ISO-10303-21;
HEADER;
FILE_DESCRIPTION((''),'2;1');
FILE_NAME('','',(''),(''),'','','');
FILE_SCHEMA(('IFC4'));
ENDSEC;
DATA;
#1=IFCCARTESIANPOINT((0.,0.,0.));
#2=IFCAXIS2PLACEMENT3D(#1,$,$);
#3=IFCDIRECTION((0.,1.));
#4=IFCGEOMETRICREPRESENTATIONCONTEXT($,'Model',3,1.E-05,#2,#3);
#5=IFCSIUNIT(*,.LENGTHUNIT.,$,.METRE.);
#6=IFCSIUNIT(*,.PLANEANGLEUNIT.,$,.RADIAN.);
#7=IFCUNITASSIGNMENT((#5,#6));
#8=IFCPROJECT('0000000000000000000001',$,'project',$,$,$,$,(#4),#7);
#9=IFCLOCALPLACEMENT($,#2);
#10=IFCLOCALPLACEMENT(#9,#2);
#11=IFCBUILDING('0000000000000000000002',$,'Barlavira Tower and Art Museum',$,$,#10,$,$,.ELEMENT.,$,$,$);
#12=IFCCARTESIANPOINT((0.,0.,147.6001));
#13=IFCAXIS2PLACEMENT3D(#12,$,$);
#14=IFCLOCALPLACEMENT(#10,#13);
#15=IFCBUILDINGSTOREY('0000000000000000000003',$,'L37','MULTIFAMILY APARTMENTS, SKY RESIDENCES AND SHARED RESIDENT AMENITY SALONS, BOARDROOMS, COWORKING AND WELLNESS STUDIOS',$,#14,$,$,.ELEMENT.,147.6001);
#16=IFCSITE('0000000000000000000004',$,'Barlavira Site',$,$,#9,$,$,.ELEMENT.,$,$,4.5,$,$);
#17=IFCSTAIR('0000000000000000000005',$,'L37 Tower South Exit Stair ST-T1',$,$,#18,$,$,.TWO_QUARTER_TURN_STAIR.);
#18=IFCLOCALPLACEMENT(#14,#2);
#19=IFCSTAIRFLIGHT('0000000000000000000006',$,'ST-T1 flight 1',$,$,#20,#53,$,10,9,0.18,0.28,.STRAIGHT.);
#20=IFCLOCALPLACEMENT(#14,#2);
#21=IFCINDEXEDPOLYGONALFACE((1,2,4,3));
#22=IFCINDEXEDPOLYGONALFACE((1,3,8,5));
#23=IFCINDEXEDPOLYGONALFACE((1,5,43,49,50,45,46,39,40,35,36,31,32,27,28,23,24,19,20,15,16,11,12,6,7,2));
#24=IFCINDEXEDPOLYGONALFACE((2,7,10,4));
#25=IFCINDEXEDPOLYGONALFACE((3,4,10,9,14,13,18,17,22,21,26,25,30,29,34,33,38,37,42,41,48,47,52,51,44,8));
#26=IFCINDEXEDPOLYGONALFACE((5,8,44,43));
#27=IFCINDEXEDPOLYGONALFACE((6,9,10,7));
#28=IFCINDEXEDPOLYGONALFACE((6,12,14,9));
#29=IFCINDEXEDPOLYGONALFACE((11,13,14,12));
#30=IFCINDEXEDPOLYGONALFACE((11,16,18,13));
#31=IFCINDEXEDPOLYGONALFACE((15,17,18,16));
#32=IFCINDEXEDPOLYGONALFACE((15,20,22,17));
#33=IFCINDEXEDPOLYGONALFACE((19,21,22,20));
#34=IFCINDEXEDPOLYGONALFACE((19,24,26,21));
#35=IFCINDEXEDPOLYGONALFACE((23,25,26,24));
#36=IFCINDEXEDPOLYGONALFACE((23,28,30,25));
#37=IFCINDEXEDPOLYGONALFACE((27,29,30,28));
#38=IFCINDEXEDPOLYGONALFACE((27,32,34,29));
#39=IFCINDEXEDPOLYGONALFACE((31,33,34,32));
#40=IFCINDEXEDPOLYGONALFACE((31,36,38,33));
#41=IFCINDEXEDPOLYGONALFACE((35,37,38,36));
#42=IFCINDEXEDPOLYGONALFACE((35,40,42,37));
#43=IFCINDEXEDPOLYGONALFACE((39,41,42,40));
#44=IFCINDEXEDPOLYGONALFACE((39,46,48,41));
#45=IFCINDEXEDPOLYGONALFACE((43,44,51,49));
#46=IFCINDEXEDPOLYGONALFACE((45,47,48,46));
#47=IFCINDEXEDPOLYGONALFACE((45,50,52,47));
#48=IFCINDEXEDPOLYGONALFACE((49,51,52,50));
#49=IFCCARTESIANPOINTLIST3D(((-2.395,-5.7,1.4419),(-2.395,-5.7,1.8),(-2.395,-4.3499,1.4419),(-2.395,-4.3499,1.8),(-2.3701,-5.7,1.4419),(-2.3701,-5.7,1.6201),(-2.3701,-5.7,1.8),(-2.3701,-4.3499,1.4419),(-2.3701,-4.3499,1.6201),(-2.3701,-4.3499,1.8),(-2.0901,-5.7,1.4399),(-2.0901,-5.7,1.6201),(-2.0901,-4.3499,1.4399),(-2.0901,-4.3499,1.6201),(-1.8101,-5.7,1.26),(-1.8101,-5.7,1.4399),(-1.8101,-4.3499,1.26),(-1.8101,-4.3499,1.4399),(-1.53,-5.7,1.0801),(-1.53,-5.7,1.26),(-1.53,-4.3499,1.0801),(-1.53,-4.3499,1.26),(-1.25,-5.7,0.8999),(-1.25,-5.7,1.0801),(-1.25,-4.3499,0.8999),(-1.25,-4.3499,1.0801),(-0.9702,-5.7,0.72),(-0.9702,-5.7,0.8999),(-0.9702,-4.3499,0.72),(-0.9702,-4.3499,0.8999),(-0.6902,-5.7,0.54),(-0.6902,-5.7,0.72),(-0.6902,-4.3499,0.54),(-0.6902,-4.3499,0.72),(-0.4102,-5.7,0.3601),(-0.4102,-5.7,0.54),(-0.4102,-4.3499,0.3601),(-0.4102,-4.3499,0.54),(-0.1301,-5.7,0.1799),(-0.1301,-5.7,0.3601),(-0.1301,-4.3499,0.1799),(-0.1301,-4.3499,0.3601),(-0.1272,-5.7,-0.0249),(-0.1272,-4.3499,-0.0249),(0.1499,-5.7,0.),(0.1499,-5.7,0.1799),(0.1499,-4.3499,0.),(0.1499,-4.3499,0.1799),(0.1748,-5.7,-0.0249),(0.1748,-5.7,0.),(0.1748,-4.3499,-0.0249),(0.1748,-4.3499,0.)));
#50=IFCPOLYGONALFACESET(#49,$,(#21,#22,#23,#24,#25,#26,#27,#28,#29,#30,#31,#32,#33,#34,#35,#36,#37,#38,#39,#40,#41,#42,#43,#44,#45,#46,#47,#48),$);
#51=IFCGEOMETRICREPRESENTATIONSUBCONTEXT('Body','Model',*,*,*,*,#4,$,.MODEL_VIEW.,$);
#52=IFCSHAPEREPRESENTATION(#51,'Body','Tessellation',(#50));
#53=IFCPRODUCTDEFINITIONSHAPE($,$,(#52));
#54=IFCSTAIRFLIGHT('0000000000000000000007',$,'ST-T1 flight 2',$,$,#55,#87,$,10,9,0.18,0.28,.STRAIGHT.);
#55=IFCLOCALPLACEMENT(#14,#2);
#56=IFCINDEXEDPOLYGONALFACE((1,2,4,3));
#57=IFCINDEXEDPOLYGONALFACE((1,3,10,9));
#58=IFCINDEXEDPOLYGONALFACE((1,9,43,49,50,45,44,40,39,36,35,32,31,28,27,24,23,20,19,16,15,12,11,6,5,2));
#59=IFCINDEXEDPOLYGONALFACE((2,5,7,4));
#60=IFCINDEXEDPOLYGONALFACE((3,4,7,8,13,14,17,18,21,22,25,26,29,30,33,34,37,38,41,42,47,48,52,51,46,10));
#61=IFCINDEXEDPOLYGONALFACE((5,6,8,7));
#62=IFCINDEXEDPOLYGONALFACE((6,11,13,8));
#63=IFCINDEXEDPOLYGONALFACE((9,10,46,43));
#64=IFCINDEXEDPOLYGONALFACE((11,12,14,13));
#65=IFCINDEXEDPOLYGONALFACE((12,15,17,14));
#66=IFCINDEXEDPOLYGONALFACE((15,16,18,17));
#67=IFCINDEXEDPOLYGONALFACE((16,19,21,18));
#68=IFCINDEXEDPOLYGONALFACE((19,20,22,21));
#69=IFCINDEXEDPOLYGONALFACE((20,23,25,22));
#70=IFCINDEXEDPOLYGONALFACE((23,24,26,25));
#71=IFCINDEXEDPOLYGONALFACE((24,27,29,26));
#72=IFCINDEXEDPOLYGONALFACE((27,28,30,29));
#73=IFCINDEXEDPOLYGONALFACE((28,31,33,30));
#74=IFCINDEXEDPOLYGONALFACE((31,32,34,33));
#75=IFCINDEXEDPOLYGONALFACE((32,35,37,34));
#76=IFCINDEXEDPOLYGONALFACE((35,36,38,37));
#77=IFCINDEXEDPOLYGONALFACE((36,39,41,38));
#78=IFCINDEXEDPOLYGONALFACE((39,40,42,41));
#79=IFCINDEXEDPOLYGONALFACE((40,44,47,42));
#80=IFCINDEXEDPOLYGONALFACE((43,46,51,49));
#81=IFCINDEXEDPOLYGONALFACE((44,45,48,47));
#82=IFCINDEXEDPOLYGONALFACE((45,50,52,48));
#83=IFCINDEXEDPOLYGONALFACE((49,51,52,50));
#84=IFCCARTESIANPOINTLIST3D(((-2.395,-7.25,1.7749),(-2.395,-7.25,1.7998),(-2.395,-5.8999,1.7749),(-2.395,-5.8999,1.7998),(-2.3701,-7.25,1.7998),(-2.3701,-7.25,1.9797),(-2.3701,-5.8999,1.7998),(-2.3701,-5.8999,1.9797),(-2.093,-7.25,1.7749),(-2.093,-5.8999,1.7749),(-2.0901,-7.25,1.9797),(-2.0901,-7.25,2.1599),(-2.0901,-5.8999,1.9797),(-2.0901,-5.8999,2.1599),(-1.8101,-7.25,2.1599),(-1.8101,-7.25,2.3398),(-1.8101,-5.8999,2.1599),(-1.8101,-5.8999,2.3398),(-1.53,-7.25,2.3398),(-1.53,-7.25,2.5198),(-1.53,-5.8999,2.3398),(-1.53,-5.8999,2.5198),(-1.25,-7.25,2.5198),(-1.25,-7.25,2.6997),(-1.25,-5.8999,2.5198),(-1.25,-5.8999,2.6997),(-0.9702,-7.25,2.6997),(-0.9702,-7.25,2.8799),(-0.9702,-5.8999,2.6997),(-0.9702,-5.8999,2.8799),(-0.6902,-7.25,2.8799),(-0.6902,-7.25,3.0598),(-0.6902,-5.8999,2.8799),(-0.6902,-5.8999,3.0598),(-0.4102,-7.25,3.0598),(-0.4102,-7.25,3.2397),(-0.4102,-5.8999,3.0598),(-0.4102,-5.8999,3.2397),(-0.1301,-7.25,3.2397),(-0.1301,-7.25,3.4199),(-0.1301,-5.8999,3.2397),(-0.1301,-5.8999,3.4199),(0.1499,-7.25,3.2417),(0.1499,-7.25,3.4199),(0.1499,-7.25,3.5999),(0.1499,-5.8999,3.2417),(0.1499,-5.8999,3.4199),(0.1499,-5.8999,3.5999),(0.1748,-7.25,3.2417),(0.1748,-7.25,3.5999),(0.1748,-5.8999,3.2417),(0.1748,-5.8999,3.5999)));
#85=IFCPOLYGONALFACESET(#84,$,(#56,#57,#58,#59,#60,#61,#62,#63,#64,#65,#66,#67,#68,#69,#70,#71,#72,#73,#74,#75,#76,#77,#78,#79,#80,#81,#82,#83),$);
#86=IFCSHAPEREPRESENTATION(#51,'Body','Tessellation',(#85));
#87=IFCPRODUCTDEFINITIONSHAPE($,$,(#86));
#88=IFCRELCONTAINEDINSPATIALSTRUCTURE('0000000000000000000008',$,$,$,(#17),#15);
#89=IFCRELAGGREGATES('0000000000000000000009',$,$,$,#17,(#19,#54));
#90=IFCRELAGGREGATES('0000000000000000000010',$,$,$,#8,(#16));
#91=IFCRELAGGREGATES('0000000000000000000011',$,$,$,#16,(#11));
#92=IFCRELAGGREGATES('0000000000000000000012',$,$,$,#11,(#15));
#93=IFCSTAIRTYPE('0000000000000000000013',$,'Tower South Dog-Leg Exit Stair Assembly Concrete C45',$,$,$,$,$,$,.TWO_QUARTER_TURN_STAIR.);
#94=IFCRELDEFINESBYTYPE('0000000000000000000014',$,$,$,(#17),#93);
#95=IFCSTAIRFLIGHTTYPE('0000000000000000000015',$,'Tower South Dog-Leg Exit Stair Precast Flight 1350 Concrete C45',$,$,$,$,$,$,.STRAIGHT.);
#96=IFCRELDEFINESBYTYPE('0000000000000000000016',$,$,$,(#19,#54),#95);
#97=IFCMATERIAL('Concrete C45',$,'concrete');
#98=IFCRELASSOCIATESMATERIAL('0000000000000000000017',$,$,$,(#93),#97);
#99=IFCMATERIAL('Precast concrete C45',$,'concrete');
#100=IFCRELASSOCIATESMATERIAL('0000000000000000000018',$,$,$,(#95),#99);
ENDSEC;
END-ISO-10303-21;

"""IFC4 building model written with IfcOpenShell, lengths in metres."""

from ifc_helpers import new_model, si_unit, direction, frame, origin, place, context, subcontext, project, spatial, polyline, outline, extrude, material, type_object, element, aggregate, save


model = new_model("IFC4")

# Units and contexts
model_context = context("Model", 3, precision=1e-05, world=origin(), true_north=direction((0.0, 1.0)))
body_context = subcontext(model_context, "Body", "Model", "MODEL_VIEW")
ifc_project = project(units=[si_unit("LENGTHUNIT", "METRE"), si_unit("PLANEANGLEUNIT", "RADIAN")], contexts=[model_context])

# Site, building, storey
site_placement = place(None, origin())
site = spatial("IfcSite", under=ifc_project, at=site_placement, Name="Barlavira Site", CompositionType="ELEMENT", RefElevation=4.5)
building_placement = place(site_placement, origin())
building = spatial("IfcBuilding", under=site, at=building_placement, Name="Barlavira Tower and Art Museum", CompositionType="ELEMENT")
storey_placement = place(building_placement, frame((0.0, 0.0, 147.6001)))
storey = spatial("IfcBuildingStorey", under=building, at=storey_placement, Name="L37", Description="MULTIFAMILY APARTMENTS, SKY RESIDENCES AND SHARED RESIDENT AMENITY SALONS, BOARDROOMS, COWORKING AND WELLNESS STUDIOS", CompositionType="ELEMENT", Elevation=147.6001)

# Stair, stair flights
ifc_material_1 = material(Name="Concrete C45", Category="concrete")
stair_type = type_object("IfcStairType", Name="Tower South Dog-Leg Exit Stair Assembly Concrete C45", PredefinedType="TWO_QUARTER_TURN_STAIR", material=ifc_material_1)
stair_placement = place(storey_placement, origin())
stair = element("IfcStair", 1, at=stair_placement, inside=storey, type_object=stair_type, Name="L37 Tower South Exit Stair ST-T1", PredefinedType="TWO_QUARTER_TURN_STAIR")
ifc_material_2 = material(Name="Precast concrete C45", Category="concrete")
stair_flight_type = type_object("IfcStairFlightType", Name="Tower South Dog-Leg Exit Stair Precast Flight 1350 Concrete C45", PredefinedType="STRAIGHT", material=ifc_material_2)
stair_flight_1_placement = place(storey_placement, frame((0.1499, -5.0249, 0.0), z_axis=(0.0, 0.0, 1.0), x_axis=(-1.0, 0.0, 0.0)))
stair_flight_1 = element("IfcStairFlight", 2, at=stair_flight_1_placement, type_object=stair_flight_type, Name="ST-T1 flight 1", NumberOfRisers=10, NumberOfTreads=9, PredefinedType="STRAIGHT", RiserHeight=0.18, TreadLength=0.28, context=body_context, shape_type="SweptSolid", body=[
    extrude(outline(polyline([(-0.0249, 0.0), (0.0, 0.0), (0.0, 0.1799), (0.28, 0.1799), (0.28, 0.3601), (0.5601, 0.3601), (0.5601, 0.54), (0.8401, 0.54), (0.8401, 0.72), (1.1201, 0.72), (1.1201, 0.8999), (1.3999, 0.8999), (1.3999, 1.0801), (1.6799, 1.0801), (1.6799, 1.26), (1.96, 1.26), (1.96, 1.4399), (2.24, 1.4399), (2.24, 1.6201), (2.52, 1.6201), (2.52, 1.8), (2.5449, 1.8), (2.5449, 1.4419), (2.52, 1.4419), (0.2771, -0.0249), (-0.0249, -0.0249), (-0.0249, 0.0)])), frame((0.0, 0.675, 0.0), z_axis=(0.0, -1.0, 0.0), x_axis=(1.0, 0.0, 0.0)), (0.0, 0.0, 1.0), 1.3501),
])
stair_flight_2_placement = place(storey_placement, frame((-2.3701, -6.575, 1.7998), z_axis=(0.0, 0.0, 1.0), x_axis=(1.0, 0.0, 0.0)))
stair_flight_2 = element("IfcStairFlight", 3, at=stair_flight_2_placement, type_object=stair_flight_type, Name="ST-T1 flight 2", NumberOfRisers=10, NumberOfTreads=9, PredefinedType="STRAIGHT", RiserHeight=0.18, TreadLength=0.28, context=body_context, shape_type="SweptSolid", body=[
    extrude(outline(polyline([(-0.0249, 0.0), (0.0, 0.0), (0.0, 0.1799), (0.28, 0.1799), (0.28, 0.3601), (0.5601, 0.3601), (0.5601, 0.54), (0.8401, 0.54), (0.8401, 0.72), (1.1201, 0.72), (1.1201, 0.8999), (1.3999, 0.8999), (1.3999, 1.0801), (1.6799, 1.0801), (1.6799, 1.26), (1.96, 1.26), (1.96, 1.4399), (2.24, 1.4399), (2.24, 1.6201), (2.52, 1.6201), (2.52, 1.8), (2.5449, 1.8), (2.5449, 1.4419), (2.52, 1.4419), (0.2771, -0.0249), (-0.0249, -0.0249), (-0.0249, 0.0)])), frame((0.0, 0.675, 0.0), z_axis=(0.0, -1.0, 0.0), x_axis=(1.0, 0.0, 0.0)), (0.0, 0.0, 1.0), 1.3501),
])
aggregate(stair, [stair_flight_1, stair_flight_2])

save(model, "model.ifc")
